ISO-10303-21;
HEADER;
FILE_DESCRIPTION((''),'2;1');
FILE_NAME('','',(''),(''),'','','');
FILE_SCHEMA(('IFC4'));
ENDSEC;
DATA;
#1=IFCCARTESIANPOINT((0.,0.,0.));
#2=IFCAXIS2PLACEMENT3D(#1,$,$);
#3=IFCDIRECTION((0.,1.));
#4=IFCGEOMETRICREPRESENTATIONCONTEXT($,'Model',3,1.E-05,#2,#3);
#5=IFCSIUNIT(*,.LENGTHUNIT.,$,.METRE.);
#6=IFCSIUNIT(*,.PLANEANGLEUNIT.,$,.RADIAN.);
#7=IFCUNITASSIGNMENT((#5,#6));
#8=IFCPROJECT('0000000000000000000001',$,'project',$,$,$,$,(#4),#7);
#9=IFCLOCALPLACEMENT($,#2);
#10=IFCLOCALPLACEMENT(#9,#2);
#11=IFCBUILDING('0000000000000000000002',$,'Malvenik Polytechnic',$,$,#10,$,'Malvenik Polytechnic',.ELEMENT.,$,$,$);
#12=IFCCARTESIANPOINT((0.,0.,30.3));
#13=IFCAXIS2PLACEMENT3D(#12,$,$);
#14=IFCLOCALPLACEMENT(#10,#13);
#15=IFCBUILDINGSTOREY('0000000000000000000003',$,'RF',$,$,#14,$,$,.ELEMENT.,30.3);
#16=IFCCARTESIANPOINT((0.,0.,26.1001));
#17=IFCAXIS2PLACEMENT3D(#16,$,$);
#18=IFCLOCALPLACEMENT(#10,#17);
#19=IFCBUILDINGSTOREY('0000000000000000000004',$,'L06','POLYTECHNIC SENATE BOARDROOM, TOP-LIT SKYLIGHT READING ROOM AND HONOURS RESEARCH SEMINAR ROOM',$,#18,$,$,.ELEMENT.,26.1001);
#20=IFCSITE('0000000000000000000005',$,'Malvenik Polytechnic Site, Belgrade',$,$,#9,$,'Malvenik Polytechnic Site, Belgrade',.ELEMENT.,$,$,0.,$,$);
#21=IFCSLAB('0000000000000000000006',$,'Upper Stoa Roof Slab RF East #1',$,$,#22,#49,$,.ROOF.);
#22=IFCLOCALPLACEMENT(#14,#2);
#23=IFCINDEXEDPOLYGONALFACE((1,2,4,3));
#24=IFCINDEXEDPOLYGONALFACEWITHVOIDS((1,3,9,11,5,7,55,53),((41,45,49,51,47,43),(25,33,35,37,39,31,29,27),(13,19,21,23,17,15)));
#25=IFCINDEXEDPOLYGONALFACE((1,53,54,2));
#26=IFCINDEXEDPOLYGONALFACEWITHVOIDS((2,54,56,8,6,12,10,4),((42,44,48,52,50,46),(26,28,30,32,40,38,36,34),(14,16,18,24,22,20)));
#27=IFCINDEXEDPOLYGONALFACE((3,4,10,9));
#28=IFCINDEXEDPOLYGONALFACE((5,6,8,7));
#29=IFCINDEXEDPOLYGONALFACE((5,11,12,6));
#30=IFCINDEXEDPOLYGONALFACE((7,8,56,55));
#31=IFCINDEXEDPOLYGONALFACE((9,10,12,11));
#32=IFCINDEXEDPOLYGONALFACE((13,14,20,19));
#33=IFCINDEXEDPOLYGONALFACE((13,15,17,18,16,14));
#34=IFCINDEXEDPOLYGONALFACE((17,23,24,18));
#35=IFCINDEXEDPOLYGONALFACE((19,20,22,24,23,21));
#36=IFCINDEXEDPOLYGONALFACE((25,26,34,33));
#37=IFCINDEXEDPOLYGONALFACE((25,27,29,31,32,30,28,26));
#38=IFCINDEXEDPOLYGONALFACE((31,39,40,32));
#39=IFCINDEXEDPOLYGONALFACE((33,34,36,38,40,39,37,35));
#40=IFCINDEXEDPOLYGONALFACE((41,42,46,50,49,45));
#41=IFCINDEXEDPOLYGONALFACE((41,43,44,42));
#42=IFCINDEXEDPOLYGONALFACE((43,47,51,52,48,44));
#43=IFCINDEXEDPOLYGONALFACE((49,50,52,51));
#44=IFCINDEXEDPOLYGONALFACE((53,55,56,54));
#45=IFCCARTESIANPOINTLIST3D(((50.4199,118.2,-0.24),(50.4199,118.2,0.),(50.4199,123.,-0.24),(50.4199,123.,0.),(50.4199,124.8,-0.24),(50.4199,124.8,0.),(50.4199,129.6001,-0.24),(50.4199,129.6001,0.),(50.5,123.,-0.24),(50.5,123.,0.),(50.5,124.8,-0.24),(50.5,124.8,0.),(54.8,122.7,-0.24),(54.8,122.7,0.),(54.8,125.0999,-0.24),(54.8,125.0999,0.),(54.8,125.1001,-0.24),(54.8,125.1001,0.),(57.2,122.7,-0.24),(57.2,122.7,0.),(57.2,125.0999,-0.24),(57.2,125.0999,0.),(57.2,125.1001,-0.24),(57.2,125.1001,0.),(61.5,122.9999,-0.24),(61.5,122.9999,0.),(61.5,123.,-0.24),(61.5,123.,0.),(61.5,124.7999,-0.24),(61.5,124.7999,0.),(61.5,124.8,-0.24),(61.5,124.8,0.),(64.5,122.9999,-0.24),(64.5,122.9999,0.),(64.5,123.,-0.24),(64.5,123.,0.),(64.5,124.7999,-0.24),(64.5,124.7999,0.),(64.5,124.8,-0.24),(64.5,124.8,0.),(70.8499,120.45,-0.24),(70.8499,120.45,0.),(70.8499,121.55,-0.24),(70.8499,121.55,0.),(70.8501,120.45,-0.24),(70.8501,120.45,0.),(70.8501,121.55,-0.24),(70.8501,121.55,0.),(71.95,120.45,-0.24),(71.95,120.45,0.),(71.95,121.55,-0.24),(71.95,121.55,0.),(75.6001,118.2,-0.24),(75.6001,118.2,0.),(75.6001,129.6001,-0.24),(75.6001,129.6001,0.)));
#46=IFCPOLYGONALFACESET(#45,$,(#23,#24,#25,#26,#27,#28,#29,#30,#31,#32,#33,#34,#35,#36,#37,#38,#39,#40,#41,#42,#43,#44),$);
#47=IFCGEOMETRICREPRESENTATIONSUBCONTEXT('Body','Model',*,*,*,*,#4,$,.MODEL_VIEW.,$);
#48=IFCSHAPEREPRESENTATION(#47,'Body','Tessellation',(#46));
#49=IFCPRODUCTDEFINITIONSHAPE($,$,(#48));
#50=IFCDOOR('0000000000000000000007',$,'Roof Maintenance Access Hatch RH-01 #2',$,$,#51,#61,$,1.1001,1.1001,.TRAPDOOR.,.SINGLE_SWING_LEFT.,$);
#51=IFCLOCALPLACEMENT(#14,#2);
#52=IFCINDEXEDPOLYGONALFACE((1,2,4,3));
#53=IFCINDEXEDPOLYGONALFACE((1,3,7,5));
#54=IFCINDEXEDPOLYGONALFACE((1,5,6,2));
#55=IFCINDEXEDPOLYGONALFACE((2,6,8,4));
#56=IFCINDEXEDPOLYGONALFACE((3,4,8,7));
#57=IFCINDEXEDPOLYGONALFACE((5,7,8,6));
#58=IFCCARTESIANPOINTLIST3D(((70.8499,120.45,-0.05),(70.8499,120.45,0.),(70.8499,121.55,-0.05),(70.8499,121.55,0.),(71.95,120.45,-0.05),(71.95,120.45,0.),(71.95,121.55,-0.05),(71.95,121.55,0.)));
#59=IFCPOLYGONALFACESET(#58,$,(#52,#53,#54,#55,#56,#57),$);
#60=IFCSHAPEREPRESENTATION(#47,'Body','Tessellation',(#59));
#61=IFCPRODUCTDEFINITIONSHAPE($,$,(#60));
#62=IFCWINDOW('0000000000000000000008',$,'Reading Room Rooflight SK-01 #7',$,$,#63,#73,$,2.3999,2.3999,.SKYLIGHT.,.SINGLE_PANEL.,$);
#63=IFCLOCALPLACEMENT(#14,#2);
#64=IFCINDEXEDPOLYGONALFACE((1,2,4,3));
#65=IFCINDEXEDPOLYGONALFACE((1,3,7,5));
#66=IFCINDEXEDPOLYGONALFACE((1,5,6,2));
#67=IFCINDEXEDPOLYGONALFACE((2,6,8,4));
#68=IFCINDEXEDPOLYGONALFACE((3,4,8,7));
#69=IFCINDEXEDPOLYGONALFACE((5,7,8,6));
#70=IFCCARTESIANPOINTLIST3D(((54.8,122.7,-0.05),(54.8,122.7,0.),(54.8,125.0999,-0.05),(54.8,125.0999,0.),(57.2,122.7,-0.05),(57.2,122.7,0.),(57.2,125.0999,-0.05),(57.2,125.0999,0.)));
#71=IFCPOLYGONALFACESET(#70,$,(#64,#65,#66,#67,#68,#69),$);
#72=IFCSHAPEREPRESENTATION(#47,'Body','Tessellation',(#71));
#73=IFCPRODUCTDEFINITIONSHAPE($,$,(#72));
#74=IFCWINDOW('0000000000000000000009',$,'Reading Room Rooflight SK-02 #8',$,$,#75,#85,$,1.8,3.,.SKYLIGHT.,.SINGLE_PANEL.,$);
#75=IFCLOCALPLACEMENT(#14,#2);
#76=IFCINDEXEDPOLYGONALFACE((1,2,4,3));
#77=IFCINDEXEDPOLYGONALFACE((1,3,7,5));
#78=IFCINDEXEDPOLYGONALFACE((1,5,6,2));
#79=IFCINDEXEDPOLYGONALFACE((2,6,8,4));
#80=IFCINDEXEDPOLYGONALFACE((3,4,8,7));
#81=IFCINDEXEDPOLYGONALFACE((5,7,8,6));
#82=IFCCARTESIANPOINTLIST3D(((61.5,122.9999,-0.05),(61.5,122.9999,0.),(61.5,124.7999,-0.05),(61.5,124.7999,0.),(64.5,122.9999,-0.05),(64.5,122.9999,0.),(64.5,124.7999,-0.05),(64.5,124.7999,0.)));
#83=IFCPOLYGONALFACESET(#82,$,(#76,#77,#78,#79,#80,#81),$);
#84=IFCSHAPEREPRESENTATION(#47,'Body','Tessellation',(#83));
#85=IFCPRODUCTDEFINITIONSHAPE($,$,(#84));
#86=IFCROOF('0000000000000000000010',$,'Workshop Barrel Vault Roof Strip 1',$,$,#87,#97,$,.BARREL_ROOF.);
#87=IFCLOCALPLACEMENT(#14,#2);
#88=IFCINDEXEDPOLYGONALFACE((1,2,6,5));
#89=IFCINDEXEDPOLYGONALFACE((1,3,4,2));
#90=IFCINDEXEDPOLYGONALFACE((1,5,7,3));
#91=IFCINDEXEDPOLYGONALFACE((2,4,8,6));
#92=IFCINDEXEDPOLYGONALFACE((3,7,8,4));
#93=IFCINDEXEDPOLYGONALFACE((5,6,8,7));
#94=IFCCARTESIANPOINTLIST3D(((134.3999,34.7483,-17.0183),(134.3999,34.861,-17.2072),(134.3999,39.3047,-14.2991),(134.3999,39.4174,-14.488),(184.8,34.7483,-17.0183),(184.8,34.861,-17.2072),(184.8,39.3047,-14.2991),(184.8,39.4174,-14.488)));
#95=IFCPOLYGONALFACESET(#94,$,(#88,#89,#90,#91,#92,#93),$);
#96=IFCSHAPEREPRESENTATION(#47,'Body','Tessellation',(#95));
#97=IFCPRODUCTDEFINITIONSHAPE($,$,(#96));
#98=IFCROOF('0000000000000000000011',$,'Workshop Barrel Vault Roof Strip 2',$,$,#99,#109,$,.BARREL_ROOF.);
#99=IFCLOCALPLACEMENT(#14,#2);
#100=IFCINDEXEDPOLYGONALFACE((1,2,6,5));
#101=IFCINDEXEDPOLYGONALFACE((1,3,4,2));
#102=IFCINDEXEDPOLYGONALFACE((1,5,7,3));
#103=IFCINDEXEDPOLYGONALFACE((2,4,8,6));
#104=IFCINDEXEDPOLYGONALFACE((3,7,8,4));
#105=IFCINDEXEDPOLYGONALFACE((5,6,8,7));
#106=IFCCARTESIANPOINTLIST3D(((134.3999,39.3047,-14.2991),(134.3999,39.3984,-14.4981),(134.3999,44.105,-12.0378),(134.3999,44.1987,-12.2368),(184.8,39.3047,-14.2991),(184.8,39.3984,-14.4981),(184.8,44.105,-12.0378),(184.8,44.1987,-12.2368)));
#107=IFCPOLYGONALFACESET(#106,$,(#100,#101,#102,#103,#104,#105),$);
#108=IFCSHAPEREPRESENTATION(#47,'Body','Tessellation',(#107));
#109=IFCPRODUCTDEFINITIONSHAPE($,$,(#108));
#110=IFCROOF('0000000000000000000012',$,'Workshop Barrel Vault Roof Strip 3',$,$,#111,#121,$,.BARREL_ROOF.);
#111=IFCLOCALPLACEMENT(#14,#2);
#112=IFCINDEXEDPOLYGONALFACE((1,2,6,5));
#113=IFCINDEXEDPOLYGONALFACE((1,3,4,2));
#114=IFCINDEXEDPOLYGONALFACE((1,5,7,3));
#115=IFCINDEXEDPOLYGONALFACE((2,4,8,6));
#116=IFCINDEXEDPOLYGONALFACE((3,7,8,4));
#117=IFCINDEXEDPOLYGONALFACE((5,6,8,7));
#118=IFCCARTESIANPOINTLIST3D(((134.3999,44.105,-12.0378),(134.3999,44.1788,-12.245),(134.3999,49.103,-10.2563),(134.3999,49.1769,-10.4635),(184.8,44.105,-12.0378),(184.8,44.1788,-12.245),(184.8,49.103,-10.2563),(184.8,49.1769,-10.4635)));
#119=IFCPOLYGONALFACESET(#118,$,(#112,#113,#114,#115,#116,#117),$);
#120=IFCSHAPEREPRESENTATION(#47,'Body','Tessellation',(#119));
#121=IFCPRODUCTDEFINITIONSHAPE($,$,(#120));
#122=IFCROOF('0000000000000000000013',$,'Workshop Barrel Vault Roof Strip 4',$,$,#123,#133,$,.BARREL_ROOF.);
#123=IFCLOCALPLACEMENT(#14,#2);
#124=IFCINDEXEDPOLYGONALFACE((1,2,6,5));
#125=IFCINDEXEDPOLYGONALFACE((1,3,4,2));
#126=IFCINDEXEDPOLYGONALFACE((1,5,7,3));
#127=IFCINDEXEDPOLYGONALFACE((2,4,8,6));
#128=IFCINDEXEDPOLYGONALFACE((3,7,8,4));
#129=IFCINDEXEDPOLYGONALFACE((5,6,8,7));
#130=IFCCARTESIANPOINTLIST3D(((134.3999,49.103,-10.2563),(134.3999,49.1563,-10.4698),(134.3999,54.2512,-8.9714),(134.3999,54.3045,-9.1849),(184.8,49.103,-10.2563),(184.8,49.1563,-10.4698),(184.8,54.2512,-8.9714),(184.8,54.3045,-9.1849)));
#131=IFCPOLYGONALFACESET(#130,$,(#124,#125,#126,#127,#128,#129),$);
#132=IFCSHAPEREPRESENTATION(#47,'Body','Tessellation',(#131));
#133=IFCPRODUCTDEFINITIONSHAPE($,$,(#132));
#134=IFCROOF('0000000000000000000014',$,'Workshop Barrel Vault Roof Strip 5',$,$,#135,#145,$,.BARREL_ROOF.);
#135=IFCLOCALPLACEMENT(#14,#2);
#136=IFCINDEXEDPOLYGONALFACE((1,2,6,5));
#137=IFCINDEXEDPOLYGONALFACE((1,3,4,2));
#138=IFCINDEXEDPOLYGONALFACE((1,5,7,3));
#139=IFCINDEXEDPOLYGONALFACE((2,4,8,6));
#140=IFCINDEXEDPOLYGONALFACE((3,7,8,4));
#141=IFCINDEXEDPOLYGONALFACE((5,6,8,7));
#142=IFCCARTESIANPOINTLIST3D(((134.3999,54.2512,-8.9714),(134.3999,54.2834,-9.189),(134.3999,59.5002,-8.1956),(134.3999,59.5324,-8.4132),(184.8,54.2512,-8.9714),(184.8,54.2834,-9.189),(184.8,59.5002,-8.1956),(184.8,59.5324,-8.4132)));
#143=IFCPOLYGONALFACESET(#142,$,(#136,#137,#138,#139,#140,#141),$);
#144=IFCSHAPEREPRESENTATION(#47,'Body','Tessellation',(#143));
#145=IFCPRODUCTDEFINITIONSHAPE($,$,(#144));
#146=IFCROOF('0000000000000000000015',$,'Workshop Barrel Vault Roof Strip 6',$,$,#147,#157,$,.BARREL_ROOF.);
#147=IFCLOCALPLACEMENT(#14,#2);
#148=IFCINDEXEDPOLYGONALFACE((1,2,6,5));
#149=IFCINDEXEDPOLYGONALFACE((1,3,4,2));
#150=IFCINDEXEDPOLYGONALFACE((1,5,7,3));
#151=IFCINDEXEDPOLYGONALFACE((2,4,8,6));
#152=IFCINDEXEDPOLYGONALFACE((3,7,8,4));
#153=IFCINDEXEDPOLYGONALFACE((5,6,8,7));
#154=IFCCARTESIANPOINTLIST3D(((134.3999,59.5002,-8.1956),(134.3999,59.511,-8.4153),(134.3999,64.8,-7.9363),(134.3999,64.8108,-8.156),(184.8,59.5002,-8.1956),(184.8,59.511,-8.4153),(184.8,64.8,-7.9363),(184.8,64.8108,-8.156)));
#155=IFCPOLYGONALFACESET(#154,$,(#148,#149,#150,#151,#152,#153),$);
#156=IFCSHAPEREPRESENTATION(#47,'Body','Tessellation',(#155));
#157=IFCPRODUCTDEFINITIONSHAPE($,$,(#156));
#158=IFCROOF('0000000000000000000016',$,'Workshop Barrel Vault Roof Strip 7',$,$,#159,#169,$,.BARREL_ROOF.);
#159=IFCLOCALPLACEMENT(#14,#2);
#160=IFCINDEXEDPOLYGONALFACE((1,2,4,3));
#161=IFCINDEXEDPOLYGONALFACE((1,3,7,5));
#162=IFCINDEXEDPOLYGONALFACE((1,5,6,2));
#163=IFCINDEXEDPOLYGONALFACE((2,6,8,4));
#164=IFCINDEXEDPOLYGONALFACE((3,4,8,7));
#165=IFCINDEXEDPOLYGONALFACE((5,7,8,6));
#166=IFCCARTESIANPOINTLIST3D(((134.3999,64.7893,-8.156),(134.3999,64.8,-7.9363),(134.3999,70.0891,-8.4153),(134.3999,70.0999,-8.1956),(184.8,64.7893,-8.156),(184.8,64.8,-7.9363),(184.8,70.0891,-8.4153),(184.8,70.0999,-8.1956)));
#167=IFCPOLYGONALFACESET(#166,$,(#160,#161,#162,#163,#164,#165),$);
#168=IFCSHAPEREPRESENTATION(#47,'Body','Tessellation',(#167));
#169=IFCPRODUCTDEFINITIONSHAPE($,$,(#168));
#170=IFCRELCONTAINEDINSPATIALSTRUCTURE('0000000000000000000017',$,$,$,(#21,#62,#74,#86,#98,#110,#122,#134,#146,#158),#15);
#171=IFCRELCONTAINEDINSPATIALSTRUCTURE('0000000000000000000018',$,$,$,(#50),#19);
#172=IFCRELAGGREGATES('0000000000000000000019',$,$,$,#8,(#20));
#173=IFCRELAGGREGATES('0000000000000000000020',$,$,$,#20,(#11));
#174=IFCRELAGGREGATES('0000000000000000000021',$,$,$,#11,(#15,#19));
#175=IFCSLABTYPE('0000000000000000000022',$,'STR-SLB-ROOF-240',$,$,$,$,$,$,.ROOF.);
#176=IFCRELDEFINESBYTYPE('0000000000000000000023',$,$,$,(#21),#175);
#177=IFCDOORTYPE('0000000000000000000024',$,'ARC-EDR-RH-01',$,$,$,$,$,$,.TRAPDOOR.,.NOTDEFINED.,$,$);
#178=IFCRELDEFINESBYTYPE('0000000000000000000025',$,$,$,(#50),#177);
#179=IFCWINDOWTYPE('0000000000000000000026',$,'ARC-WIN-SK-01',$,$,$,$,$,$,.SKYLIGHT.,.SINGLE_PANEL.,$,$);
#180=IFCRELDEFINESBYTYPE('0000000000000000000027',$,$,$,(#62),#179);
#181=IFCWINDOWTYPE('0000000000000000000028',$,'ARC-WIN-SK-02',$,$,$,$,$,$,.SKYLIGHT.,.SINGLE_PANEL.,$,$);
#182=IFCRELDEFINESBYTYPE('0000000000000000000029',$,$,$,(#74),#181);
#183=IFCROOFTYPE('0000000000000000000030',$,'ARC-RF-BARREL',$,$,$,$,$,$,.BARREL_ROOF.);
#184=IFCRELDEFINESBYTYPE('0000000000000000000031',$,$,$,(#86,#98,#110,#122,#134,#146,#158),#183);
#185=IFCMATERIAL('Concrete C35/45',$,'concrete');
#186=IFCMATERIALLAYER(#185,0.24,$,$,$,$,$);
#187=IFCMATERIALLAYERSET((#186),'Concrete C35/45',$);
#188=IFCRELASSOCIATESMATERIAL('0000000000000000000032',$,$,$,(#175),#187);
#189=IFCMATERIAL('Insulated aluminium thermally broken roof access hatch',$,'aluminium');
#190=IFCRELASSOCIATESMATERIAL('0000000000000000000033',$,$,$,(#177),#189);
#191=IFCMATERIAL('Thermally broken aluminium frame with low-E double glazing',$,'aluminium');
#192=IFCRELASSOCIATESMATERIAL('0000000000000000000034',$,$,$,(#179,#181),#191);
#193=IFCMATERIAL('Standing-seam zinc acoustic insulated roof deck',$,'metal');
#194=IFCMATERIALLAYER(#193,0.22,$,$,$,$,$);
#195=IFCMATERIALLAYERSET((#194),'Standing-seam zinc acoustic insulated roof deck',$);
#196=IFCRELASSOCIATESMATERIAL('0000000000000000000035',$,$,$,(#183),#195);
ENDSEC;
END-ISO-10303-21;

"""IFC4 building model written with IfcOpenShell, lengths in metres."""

from ifc_helpers import new_model, si_unit, direction, frame, origin, origin_2d, place, context, subcontext, project, spatial, polyline, rectangle, outline, extrude, material, layer, layer_set, type_object, element, fill, save


model = new_model("IFC4")

# Units and contexts
model_context = context("Model", 3, precision=1e-05, world=origin(), true_north=direction((0.0, 1.0)))
body_context = subcontext(model_context, "Body", "Model", "MODEL_VIEW")
ifc_project = project(units=[si_unit("LENGTHUNIT", "METRE"), si_unit("PLANEANGLEUNIT", "RADIAN")], contexts=[model_context])

# Site, building, storey
site_placement = place(None, origin())
site = spatial("IfcSite", under=ifc_project, at=site_placement, Name="Malvenik Polytechnic Site, Belgrade", LongName="Malvenik Polytechnic Site, Belgrade", CompositionType="ELEMENT", RefElevation=0.0)
building_placement = place(site_placement, origin())
building = spatial("IfcBuilding", under=site, at=building_placement, Name="Malvenik Polytechnic", LongName="Malvenik Polytechnic", CompositionType="ELEMENT")
storey_1_placement = place(building_placement, frame((0.0, 0.0, 30.3)))
storey_1 = spatial("IfcBuildingStorey", under=building, at=storey_1_placement, Name="RF", CompositionType="ELEMENT", Elevation=30.3)

# Shared definitions
ifc_material_1 = material(Name="Concrete C35/45", Category="concrete")
ifc_layer_1 = layer(ifc_material_1, 0.24)
ifc_layer_set_1 = layer_set([ifc_layer_1], Name="Concrete C35/45")
slab_type = type_object("IfcSlabType", Name="STR-SLB-ROOF-240", PredefinedType="ROOF", material=ifc_layer_set_1)

# Shared definitions
storey_2_placement = place(building_placement, frame((0.0, 0.0, 26.1001)))
storey_2 = spatial("IfcBuildingStorey", under=building, at=storey_2_placement, Name="L06", Description="POLYTECHNIC SENATE BOARDROOM, TOP-LIT SKYLIGHT READING ROOM AND HONOURS RESEARCH SEMINAR ROOM", CompositionType="ELEMENT", Elevation=26.1001)

# Shared definitions
ifc_material_2 = material(Name="Insulated aluminium thermally broken roof access hatch", Category="aluminium")
door_type = type_object("IfcDoorType", Name="ARC-EDR-RH-01", OperationType="NOTDEFINED", PredefinedType="TRAPDOOR", material=ifc_material_2)

# Shared definitions
ifc_material_3 = material(Name="Thermally broken aluminium frame with low-E double glazing", Category="aluminium")
window_type_1 = type_object("IfcWindowType", Name="ARC-WIN-SK-01", PartitioningType="SINGLE_PANEL", PredefinedType="SKYLIGHT", material=ifc_material_3)
window_type_2 = type_object("IfcWindowType", Name="ARC-WIN-SK-02", PartitioningType="SINGLE_PANEL", PredefinedType="SKYLIGHT", material=ifc_material_3)

# Slab, openings, door, windows
slab_1_placement = place(storey_1_placement, frame((0.0, 0.0, -0.24)))
slab_1 = element("IfcSlab", 1, at=slab_1_placement, inside=storey_1, type_object=slab_type, Name="Upper Stoa Roof Slab RF East #1", PredefinedType="ROOF", context=body_context, shape_type="SweptSolid", body=[
    extrude(outline(polyline([(75.6001, 129.6001), (75.6001, 118.2), (50.4199, 118.2), (50.4199, 123.0), (50.5, 123.0), (50.5, 124.8), (50.4199, 124.8), (50.4199, 129.6001), (75.6001, 129.6001)]), holes=[polyline([(70.8501, 120.45), (71.95, 120.45), (71.95, 121.55), (70.8501, 121.55), (70.8501, 120.45)]), polyline([(54.8, 125.1001), (54.8, 122.7), (57.2, 122.7), (57.2, 125.1001), (54.8, 125.1001)]), polyline([(61.5, 124.8), (61.5, 123.0), (64.5, 123.0), (64.5, 124.8), (61.5, 124.8)])]), origin(), (0.0, 0.0, 1.0), 0.24),
])
opening_1_placement = place(slab_1_placement, frame((56.0, 123.8999, 0.0)))
opening_1 = element("IfcOpeningElement", 2, at=opening_1_placement, cuts=slab_1, PredefinedType="OPENING", context=body_context, shape_type="SweptSolid", body=[
    extrude(rectangle(XDim=2.3999, YDim=2.3999, at=origin_2d()), frame((0.0, 0.0, -0.01)), (0.0, 0.0, 1.0), 0.26),
])
opening_2_placement = place(slab_1_placement, frame((63.0, 123.8999, 0.0)))
opening_2 = element("IfcOpeningElement", 3, at=opening_2_placement, cuts=slab_1, PredefinedType="OPENING", context=body_context, shape_type="SweptSolid", body=[
    extrude(rectangle(XDim=3.0, YDim=1.8, at=origin_2d()), frame((0.0, 0.0, -0.01)), (0.0, 0.0, 1.0), 0.26),
])
opening_3_placement = place(slab_1_placement, frame((71.3999, 121.0, 0.0)))
opening_3 = element("IfcOpeningElement", 4, at=opening_3_placement, cuts=slab_1, PredefinedType="OPENING", context=body_context, shape_type="SweptSolid", body=[
    extrude(rectangle(XDim=1.1001, YDim=1.1001, at=origin_2d()), frame((0.0, 0.0, -0.01)), (0.0, 0.0, 1.0), 0.26),
])
door_1_placement = place(opening_3_placement, frame((0.0, 0.0, 0.1899)))
door_1 = element("IfcDoor", 5, at=door_1_placement, inside=storey_2, type_object=door_type, Name="Roof Maintenance Access Hatch RH-01 #2", OperationType="SINGLE_SWING_LEFT", OverallHeight=1.1001, OverallWidth=1.1001, PredefinedType="TRAPDOOR", context=body_context, shape_type="SweptSolid", body=[
    extrude(rectangle(XDim=1.1001, YDim=1.1001, at=origin_2d()), origin(), (0.0, 0.0, 1.0), 0.05),
])
fill(opening_3, door_1)
window_1_placement = place(opening_1_placement, frame((0.0, 0.0, 0.1899)))
window_1 = element("IfcWindow", 6, at=window_1_placement, inside=storey_1, type_object=window_type_1, Name="Reading Room Rooflight SK-01 #7", OverallHeight=2.3999, OverallWidth=2.3999, PartitioningType="SINGLE_PANEL", PredefinedType="SKYLIGHT", context=body_context, shape_type="SweptSolid", body=[
    extrude(rectangle(XDim=2.3999, YDim=2.3999, at=origin_2d()), origin(), (0.0, 0.0, 1.0), 0.05),
])
fill(opening_1, window_1)
window_2_placement = place(opening_2_placement, frame((0.0, 0.0, 0.1899)))
window_2 = element("IfcWindow", 7, at=window_2_placement, inside=storey_1, type_object=window_type_2, Name="Reading Room Rooflight SK-02 #8", OverallHeight=1.8, OverallWidth=3.0, PartitioningType="SINGLE_PANEL", PredefinedType="SKYLIGHT", context=body_context, shape_type="SweptSolid", body=[
    extrude(rectangle(XDim=3.0, YDim=1.8, at=origin_2d()), origin(), (0.0, 0.0, 1.0), 0.05),
])
fill(opening_2, window_2)

# Roofs
ifc_material_4 = material(Name="Standing-seam zinc acoustic insulated roof deck", Category="metal")
ifc_layer_2 = layer(ifc_material_4, 0.22)
ifc_layer_set_2 = layer_set([ifc_layer_2], Name="Standing-seam zinc acoustic insulated roof deck")
roof_type = type_object("IfcRoofType", Name="ARC-RF-BARREL", PredefinedType="BARREL_ROOF", material=ifc_layer_set_2)
roof_1_placement = place(storey_1_placement, frame((134.3999, 34.7483, -17.0183), z_axis=(0.0, -0.512471, 0.858704), x_axis=(1.0, 0.0, 0.0)))
element("IfcRoof", 8, at=roof_1_placement, inside=storey_1, type_object=roof_type, Name="Workshop Barrel Vault Roof Strip 1", PredefinedType="BARREL_ROOF", context=body_context, shape_type="SweptSolid", body=[
    extrude(outline(polyline([(0.0, 0.0), (50.4001, 0.0), (50.4001, 5.3061), (0.0, 5.3061), (0.0, 0.0)])), origin(), (0.0, 0.0, -1.0), 0.22),
])
roof_2_placement = place(storey_1_placement, frame((134.3999, 39.3047, -14.2991), z_axis=(0.0, -0.426147, 0.904654), x_axis=(1.0, 0.0, 0.0)))
element("IfcRoof", 9, at=roof_2_placement, inside=storey_1, type_object=roof_type, Name="Workshop Barrel Vault Roof Strip 2", PredefinedType="BARREL_ROOF", context=body_context, shape_type="SweptSolid", body=[
    extrude(outline(polyline([(0.0, 0.0), (50.4001, 0.0), (50.4001, 5.3062), (0.0, 5.3062), (0.0, 0.0)])), origin(), (0.0, 0.0, -1.0), 0.22),
])
roof_3_placement = place(storey_1_placement, frame((134.3999, 44.105, -12.0378), z_axis=(0.0, -0.335748, 0.941952), x_axis=(1.0, 0.0, 0.0)))
element("IfcRoof", 10, at=roof_3_placement, inside=storey_1, type_object=roof_type, Name="Workshop Barrel Vault Roof Strip 3", PredefinedType="BARREL_ROOF", context=body_context, shape_type="SweptSolid", body=[
    extrude(outline(polyline([(0.0, 0.0), (50.4001, 0.0), (50.4001, 5.3061), (0.0, 5.3061), (0.0, 0.0)])), origin(), (0.0, 0.0, -1.0), 0.22),
])
roof_4_placement = place(storey_1_placement, frame((134.3999, 49.103, -10.2563), z_axis=(0.0, -0.242157, 0.970237), x_axis=(1.0, 0.0, 0.0)))
element("IfcRoof", 11, at=roof_4_placement, inside=storey_1, type_object=roof_type, Name="Workshop Barrel Vault Roof Strip 4", PredefinedType="BARREL_ROOF", context=body_context, shape_type="SweptSolid", body=[
    extrude(outline(polyline([(0.0, 0.0), (50.4001, 0.0), (50.4001, 5.3061), (0.0, 5.3061), (0.0, 0.0)])), origin(), (0.0, 0.0, -1.0), 0.22),
])
roof_5_placement = place(storey_1_placement, frame((134.3999, 54.2512, -8.9714), z_axis=(0.0, -0.146225, 0.989251), x_axis=(1.0, 0.0, 0.0)))
element("IfcRoof", 12, at=roof_5_placement, inside=storey_1, type_object=roof_type, Name="Workshop Barrel Vault Roof Strip 5", PredefinedType="BARREL_ROOF", context=body_context, shape_type="SweptSolid", body=[
    extrude(outline(polyline([(0.0, 0.0), (50.4001, 0.0), (50.4001, 5.3061), (0.0, 5.3061), (0.0, 0.0)])), origin(), (0.0, 0.0, -1.0), 0.22),
])
for number, where, z_axis, x_axis, name in (
    (13, (134.3999, 59.5002, -8.1956), (0.0, -0.048864, 0.998805), (1.0, 0.0, 0.0), "Workshop Barrel Vault Roof Strip 6"),
    (14, (134.3999, 64.8, -7.9363), (0.0, 0.048864, 0.998805), (1.0, 0.0, 0.0), "Workshop Barrel Vault Roof Strip 7"),
):
    element("IfcRoof", number, at=place(storey_1_placement, frame(where, z_axis=z_axis, x_axis=x_axis)), inside=storey_1, type_object=roof_type, Name=name, PredefinedType="BARREL_ROOF", context=body_context, shape_type="SweptSolid", body=[
        extrude(outline(polyline([(0.0, 0.0), (50.4001, 0.0), (50.4001, 5.3061), (0.0, 5.3061), (0.0, 0.0)])), origin(), (0.0, 0.0, -1.0), 0.22),
    ])

save(model, "model.ifc")
